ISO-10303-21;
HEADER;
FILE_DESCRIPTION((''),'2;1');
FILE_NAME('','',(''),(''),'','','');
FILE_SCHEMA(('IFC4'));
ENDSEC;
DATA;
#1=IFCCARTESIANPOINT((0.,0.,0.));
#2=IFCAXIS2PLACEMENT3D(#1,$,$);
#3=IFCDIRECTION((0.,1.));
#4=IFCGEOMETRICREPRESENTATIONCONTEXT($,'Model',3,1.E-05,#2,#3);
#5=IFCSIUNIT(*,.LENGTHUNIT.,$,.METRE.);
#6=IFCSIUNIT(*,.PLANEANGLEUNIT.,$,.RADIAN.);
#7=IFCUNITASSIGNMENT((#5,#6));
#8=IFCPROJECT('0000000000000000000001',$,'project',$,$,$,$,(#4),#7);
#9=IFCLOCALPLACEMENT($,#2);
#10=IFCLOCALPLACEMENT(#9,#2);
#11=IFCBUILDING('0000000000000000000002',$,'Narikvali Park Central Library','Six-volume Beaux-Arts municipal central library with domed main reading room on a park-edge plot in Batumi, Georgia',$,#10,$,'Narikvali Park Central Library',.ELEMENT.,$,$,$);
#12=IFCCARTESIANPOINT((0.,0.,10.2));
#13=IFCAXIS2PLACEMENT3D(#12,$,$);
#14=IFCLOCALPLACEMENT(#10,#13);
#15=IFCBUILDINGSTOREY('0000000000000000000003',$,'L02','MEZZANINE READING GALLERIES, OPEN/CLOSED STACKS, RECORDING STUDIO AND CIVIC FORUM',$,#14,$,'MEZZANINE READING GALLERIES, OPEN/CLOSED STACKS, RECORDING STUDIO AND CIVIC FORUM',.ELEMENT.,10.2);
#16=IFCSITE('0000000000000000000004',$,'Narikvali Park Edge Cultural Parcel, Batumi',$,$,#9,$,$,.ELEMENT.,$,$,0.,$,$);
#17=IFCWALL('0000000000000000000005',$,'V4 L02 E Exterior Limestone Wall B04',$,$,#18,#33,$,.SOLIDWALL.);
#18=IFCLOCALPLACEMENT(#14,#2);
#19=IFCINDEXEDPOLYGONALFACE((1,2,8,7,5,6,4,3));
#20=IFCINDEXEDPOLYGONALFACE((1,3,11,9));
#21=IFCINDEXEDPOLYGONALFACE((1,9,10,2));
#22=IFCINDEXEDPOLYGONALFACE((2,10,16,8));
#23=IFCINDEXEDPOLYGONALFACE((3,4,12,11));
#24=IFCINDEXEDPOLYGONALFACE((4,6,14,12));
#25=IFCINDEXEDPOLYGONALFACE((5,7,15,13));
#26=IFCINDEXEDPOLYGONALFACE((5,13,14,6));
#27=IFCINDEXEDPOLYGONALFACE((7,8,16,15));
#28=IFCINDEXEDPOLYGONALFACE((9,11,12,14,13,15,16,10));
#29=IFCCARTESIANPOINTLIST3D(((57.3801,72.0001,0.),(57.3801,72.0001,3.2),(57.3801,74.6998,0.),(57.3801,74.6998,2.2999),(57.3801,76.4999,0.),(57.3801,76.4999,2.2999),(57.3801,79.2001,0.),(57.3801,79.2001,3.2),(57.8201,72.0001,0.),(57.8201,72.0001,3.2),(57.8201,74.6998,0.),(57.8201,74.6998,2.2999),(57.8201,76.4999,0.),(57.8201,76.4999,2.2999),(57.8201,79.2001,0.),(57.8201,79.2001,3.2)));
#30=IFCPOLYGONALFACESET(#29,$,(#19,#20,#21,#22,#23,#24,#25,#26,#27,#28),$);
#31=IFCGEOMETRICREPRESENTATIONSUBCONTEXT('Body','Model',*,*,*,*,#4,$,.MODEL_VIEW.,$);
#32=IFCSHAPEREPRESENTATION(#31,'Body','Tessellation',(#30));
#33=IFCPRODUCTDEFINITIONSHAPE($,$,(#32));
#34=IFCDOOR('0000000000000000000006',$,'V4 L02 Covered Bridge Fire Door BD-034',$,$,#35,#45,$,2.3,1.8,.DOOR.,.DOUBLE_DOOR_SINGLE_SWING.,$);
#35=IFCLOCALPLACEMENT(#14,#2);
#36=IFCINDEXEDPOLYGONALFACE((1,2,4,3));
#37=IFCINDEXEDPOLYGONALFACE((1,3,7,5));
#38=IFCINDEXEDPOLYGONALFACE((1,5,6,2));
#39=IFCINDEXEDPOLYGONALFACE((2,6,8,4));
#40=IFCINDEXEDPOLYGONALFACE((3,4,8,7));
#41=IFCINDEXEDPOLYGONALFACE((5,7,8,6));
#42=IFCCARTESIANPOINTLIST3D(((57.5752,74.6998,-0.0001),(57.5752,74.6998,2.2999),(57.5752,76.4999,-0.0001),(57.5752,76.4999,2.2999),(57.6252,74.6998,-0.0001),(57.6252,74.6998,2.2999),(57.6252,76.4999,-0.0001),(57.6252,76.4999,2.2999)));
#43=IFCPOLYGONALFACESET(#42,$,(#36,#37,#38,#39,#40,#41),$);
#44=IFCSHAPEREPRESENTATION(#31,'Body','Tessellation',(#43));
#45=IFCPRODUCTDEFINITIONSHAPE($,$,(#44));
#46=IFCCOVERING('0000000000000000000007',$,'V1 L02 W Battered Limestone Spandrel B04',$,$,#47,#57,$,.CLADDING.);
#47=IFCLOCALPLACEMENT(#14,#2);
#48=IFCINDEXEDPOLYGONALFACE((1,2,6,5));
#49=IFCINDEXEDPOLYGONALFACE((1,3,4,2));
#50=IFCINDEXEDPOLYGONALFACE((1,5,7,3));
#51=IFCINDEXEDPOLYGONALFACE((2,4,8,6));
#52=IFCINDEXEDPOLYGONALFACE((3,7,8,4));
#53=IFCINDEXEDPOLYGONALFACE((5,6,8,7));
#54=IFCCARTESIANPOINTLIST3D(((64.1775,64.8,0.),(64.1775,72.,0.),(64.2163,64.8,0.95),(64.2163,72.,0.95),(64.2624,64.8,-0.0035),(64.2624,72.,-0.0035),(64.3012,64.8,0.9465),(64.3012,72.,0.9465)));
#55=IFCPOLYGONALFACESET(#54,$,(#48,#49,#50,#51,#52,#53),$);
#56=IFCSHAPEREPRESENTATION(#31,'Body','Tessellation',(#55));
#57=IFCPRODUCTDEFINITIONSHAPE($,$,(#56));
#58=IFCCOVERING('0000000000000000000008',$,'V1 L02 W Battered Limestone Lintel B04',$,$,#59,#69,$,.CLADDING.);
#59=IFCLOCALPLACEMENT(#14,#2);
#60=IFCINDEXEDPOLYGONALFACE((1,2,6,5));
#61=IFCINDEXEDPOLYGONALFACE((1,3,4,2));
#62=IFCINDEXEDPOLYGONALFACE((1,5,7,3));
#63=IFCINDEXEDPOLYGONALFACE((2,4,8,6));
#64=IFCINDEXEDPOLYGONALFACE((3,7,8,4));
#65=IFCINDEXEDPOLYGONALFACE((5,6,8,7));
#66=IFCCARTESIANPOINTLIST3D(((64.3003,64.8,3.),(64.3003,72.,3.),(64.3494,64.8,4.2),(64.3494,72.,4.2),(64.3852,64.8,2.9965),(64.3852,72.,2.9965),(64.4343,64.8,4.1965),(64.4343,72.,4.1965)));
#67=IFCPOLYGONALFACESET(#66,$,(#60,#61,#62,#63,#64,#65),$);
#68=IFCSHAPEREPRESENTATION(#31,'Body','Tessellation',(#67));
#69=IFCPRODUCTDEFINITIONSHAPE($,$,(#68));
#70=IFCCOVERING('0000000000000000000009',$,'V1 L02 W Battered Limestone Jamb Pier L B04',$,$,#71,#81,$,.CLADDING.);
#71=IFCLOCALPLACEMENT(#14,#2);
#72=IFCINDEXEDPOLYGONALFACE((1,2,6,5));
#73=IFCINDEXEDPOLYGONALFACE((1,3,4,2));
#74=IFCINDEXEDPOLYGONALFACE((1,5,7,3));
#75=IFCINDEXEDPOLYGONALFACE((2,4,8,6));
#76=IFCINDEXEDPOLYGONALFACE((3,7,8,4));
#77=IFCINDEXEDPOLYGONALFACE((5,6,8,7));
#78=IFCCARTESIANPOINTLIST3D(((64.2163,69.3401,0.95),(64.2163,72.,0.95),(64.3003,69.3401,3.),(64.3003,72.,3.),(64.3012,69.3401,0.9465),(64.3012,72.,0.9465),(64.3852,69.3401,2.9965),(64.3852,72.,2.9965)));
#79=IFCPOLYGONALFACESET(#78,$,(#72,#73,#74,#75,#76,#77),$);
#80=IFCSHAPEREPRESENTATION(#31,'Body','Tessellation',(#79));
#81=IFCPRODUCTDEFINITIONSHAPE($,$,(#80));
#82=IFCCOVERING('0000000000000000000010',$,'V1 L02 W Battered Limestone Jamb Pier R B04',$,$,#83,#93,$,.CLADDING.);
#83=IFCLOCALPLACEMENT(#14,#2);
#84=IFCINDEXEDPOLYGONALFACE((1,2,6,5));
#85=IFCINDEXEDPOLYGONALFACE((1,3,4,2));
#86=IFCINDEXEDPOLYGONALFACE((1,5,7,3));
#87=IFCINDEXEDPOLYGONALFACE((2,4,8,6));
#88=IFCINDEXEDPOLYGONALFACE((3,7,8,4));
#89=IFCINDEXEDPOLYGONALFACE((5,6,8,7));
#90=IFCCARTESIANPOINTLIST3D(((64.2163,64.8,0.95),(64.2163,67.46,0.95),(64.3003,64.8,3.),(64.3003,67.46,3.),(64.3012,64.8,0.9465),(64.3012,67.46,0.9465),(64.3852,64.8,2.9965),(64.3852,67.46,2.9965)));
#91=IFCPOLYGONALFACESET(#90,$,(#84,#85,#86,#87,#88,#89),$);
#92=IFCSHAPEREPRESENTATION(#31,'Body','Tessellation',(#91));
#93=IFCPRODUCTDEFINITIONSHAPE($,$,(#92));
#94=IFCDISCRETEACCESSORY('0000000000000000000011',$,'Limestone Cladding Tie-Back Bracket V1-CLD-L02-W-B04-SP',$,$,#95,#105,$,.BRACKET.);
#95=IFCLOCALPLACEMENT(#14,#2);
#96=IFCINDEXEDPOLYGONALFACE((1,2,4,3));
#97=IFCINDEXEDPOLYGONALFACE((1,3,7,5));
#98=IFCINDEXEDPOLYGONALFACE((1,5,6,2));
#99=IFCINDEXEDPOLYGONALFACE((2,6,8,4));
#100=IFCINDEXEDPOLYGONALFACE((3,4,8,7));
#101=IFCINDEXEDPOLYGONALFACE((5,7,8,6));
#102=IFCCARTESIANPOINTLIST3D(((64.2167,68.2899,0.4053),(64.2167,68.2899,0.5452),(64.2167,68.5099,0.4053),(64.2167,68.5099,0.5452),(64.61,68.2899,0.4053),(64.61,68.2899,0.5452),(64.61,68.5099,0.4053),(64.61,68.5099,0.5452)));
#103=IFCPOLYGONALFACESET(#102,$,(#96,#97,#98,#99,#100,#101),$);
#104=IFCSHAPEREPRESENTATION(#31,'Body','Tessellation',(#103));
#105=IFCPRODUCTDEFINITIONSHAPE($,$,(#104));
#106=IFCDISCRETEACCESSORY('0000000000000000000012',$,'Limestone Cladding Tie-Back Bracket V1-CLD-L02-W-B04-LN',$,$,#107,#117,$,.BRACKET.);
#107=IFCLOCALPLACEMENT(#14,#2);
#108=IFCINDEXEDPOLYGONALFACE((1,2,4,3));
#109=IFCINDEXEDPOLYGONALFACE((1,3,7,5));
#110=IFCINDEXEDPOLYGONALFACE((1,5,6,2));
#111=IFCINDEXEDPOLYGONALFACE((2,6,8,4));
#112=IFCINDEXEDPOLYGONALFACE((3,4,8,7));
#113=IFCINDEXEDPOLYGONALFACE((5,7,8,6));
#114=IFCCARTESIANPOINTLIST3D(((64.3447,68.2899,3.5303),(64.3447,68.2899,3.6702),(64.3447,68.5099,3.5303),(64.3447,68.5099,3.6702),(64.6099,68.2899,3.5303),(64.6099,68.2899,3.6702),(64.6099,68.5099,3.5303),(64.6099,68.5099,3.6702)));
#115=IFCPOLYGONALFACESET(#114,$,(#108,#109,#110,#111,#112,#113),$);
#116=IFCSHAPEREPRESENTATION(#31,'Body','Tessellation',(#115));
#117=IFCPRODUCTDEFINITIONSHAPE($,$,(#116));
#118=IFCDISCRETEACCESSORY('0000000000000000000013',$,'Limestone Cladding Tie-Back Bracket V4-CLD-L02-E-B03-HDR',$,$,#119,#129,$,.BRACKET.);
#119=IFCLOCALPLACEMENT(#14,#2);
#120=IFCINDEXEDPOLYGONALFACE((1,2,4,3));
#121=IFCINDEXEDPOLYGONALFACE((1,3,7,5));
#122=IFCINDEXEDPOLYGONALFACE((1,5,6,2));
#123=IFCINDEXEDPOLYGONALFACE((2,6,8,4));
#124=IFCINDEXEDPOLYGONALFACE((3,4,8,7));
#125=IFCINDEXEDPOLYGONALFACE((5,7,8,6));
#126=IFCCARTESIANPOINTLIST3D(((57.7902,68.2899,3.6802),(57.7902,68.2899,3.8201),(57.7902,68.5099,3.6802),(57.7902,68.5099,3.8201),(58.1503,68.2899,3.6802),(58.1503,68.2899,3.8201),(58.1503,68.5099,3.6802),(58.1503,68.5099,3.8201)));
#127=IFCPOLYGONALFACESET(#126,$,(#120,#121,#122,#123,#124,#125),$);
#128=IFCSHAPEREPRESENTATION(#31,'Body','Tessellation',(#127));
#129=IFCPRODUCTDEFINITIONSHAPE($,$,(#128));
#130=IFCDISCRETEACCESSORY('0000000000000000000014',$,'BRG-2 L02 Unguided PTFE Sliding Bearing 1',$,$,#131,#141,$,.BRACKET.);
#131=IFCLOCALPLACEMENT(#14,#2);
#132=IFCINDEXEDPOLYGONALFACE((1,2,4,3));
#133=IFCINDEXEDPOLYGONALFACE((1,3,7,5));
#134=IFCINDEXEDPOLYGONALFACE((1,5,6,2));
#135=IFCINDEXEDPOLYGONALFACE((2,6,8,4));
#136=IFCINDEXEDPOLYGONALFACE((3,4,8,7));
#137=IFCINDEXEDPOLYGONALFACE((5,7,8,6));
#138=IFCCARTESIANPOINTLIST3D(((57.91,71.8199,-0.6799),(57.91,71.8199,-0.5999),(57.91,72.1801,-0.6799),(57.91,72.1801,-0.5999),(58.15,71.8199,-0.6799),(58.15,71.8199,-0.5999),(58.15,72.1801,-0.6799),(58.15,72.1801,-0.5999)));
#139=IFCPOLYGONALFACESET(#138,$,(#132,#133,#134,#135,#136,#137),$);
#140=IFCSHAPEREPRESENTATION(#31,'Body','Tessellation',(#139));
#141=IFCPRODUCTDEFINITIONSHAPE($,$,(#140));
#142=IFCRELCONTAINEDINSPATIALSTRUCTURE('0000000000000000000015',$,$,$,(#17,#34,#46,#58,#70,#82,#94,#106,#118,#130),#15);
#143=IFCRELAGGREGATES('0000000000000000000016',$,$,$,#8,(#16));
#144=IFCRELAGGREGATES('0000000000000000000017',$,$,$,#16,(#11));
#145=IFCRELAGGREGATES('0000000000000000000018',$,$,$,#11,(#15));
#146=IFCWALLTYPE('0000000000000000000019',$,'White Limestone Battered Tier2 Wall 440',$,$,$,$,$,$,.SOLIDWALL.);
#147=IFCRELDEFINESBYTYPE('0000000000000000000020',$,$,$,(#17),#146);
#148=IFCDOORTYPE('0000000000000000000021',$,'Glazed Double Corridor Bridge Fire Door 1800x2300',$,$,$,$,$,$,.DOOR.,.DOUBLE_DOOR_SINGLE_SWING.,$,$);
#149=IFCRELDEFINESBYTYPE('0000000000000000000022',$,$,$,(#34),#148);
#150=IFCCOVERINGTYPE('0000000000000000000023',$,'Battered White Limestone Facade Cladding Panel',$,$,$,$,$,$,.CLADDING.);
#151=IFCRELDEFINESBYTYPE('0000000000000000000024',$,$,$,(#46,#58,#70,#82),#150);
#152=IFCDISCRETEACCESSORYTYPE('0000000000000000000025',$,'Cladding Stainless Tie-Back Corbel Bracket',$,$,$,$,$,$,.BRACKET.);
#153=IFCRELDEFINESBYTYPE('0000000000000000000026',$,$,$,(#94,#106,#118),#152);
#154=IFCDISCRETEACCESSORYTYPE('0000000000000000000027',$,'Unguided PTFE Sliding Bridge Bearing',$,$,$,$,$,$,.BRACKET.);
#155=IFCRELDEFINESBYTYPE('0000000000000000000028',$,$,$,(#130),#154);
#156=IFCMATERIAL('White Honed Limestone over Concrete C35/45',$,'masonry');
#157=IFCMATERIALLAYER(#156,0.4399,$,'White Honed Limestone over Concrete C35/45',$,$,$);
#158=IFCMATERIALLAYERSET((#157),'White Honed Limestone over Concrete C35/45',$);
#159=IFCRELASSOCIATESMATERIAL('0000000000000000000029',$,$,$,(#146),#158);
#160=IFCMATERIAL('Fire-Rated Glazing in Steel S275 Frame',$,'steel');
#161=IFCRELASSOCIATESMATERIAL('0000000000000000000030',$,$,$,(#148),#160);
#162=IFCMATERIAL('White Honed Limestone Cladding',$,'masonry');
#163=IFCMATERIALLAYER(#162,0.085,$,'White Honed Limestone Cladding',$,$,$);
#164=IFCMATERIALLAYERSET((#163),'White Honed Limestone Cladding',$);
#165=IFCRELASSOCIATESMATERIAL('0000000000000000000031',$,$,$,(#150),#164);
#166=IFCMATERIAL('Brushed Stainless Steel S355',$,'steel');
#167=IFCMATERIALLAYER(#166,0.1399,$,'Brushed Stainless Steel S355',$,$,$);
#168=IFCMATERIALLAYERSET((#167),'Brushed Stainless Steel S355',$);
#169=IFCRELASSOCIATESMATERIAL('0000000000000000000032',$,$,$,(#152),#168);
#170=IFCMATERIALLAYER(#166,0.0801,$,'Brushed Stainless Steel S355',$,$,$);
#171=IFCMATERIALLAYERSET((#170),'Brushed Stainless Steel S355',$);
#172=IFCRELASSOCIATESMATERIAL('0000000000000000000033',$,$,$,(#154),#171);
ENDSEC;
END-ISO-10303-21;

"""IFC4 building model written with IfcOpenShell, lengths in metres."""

from ifc_helpers import new_model, si_unit, direction, frame, frame_2d, origin, origin_2d, place, context, subcontext, project, spatial, polyline, rectangle, outline, extrude, material, layer, layer_set, type_object, element, fill, save


model = new_model("IFC4")

# Units and contexts
model_context = context("Model", 3, precision=1e-05, world=origin(), true_north=direction((0.0, 1.0)))
body_context = subcontext(model_context, "Body", "Model", "MODEL_VIEW")
ifc_project = project(units=[si_unit("LENGTHUNIT", "METRE"), si_unit("PLANEANGLEUNIT", "RADIAN")], contexts=[model_context])

# Site, building, storey
site_placement = place(None, origin())
site = spatial("IfcSite", under=ifc_project, at=site_placement, Name="Narikvali Park Edge Cultural Parcel, Batumi", CompositionType="ELEMENT", RefElevation=0.0)
building_placement = place(site_placement, origin())
building = spatial("IfcBuilding", under=site, at=building_placement, Name="Narikvali Park Central Library", Description="Six-volume Beaux-Arts municipal central library with domed main reading room on a park-edge plot in Batumi, Georgia", LongName="Narikvali Park Central Library", CompositionType="ELEMENT")
storey_placement = place(building_placement, frame((0.0, 0.0, 10.2)))
storey = spatial("IfcBuildingStorey", under=building, at=storey_placement, Name="L02", Description="MEZZANINE READING GALLERIES, OPEN/CLOSED STACKS, RECORDING STUDIO AND CIVIC FORUM", LongName="MEZZANINE READING GALLERIES, OPEN/CLOSED STACKS, RECORDING STUDIO AND CIVIC FORUM", CompositionType="ELEMENT", Elevation=10.2)

# Shared definitions
ifc_material_1 = material(Name="White Honed Limestone over Concrete C35/45", Category="masonry")
ifc_layer_1 = layer(ifc_material_1, 0.4399, Name="White Honed Limestone over Concrete C35/45")
ifc_layer_set_1 = layer_set([ifc_layer_1], Name="White Honed Limestone over Concrete C35/45")
wall_type = type_object("IfcWallType", Name="White Limestone Battered Tier2 Wall 440", PredefinedType="SOLIDWALL", material=ifc_layer_set_1)

# Wall, opening, door
wall_1_placement = place(storey_placement, frame((57.6001, 72.0, 0.0), z_axis=(0.0, 0.0, 1.0), x_axis=(0.0, 1.0, 0.0)))
wall_1 = element("IfcWall", 1, at=wall_1_placement, inside=storey, type_object=wall_type, Name="V4 L02 E Exterior Limestone Wall B04", PredefinedType="SOLIDWALL", context=body_context, shape_type="SweptSolid", body=[
    extrude(rectangle(XDim=7.2, YDim=0.4399, at=frame_2d((3.6001, 0.0))), origin(), (0.0, 0.0, 1.0), 3.2),
])
opening_1_placement = place(wall_1_placement, frame((2.7, 0.0, 0.0)))
opening_1 = element("IfcOpeningElement", 2, at=opening_1_placement, cuts=wall_1, PredefinedType="OPENING", context=body_context, shape_type="SweptSolid", body=[
    extrude(rectangle(XDim=1.8, YDim=2.3, at=frame_2d((0.8999, 1.1499))), frame((0.0, 0.2319, 0.0), z_axis=(0.0, -1.0, 0.0), x_axis=(1.0, 0.0, 0.0)), (0.0, 0.0, 1.0), 0.4639),
])
ifc_material_2 = material(Name="Fire-Rated Glazing in Steel S275 Frame", Category="steel")
door_type = type_object("IfcDoorType", Name="Glazed Double Corridor Bridge Fire Door 1800x2300", OperationType="DOUBLE_DOOR_SINGLE_SWING", PredefinedType="DOOR", material=ifc_material_2)
door_placement = place(opening_1_placement, origin())
door = element("IfcDoor", 3, at=door_placement, inside=storey, type_object=door_type, Name="V4 L02 Covered Bridge Fire Door BD-034", OperationType="DOUBLE_DOOR_SINGLE_SWING", OverallHeight=2.3, OverallWidth=1.8, PredefinedType="DOOR", context=body_context, shape_type="SweptSolid", body=[
    extrude(rectangle(XDim=1.8, YDim=2.3, at=frame_2d((0.8999, 1.1499))), frame((0.0, 0.0249, 0.0), z_axis=(0.0, -1.0, 0.0), x_axis=(1.0, 0.0, 0.0)), (0.0, 0.0, 1.0), 0.05),
])
fill(opening_1, door)

# Coverings
ifc_material_3 = material(Name="White Honed Limestone Cladding", Category="masonry")
ifc_layer_2 = layer(ifc_material_3, 0.085, Name="White Honed Limestone Cladding")
ifc_layer_set_2 = layer_set([ifc_layer_2], Name="White Honed Limestone Cladding")
covering_type = type_object("IfcCoveringType", Name="Battered White Limestone Facade Cladding Panel", PredefinedType="CLADDING", material=ifc_layer_set_2)
covering_1_placement = place(storey_placement, frame((64.1775, 72.0, 0.0), z_axis=(-0.999166, 0.0, 0.040829), x_axis=(0.0, -1.0, 0.0)))
element("IfcCovering", 4, at=covering_1_placement, inside=storey, type_object=covering_type, Name="V1 L02 W Battered Limestone Spandrel B04", PredefinedType="CLADDING", context=body_context, shape_type="SweptSolid", body=[
    extrude(outline(polyline([(0.0, 0.0), (7.2, 0.0), (7.2, 0.9507), (0.0, 0.9507), (0.0, 0.0)])), origin(), (0.0, 0.0, -1.0), 0.085),
])
covering_2_placement = place(storey_placement, frame((64.3003, 72.0, 3.0), z_axis=(-0.999165, 0.0, 0.040861), x_axis=(0.0, -1.0, 0.0)))
element("IfcCovering", 5, at=covering_2_placement, inside=storey, type_object=covering_type, Name="V1 L02 W Battered Limestone Lintel B04", PredefinedType="CLADDING", context=body_context, shape_type="SweptSolid", body=[
    extrude(outline(polyline([(0.0, 0.0), (7.2, 0.0), (7.2, 1.201), (0.0, 1.201), (0.0, 0.0)])), origin(), (0.0, 0.0, -1.0), 0.085),
])
for number, where, z_axis, x_axis, name in (
    (6, (64.2163, 72.0, 0.95), (-0.999162, 0.0, 0.040933), (0.0, -1.0, 0.0), "V1 L02 W Battered Limestone Jamb Pier L B04"),
    (7, (64.2163, 67.46, 0.95), (-0.999162, 0.0, 0.040933), (0.0, -1.0, 0.0), "V1 L02 W Battered Limestone Jamb Pier R B04"),
):
    element("IfcCovering", number, at=place(storey_placement, frame(where, z_axis=z_axis, x_axis=x_axis)), inside=storey, type_object=covering_type, Name=name, PredefinedType="CLADDING", context=body_context, shape_type="SweptSolid", body=[
        extrude(outline(polyline([(0.0, 0.0), (2.6599, 0.0), (2.6599, 2.0518), (0.0, 2.0518), (0.0, 0.0)])), origin(), (0.0, 0.0, -1.0), 0.085),
    ])

# Discrete accessories
ifc_material_4 = material(Name="Brushed Stainless Steel S355", Category="steel")
ifc_layer_3 = layer(ifc_material_4, 0.1399, Name="Brushed Stainless Steel S355")
ifc_layer_set_3 = layer_set([ifc_layer_3], Name="Brushed Stainless Steel S355")
discrete_accessory_type_1 = type_object("IfcDiscreteAccessoryType", Name="Cladding Stainless Tie-Back Corbel Bracket", PredefinedType="BRACKET", material=ifc_layer_set_3)
discrete_accessory_1_placement = place(storey_placement, frame((64.4133, 68.3999, 0.4053), z_axis=(0.0, 0.0, 1.0), x_axis=(1.0, 0.0, 0.0)))
element("IfcDiscreteAccessory", 8, at=discrete_accessory_1_placement, inside=storey, type_object=discrete_accessory_type_1, Name="Limestone Cladding Tie-Back Bracket V1-CLD-L02-W-B04-SP", PredefinedType="BRACKET", context=body_context, shape_type="SweptSolid", body=[
    extrude(rectangle(XDim=0.3933, YDim=0.22, at=origin_2d()), origin(), (0.0, 0.0, 1.0), 0.1399),
])
discrete_accessory_2_placement = place(storey_placement, frame((64.4773, 68.3999, 3.5303), z_axis=(0.0, 0.0, 1.0), x_axis=(1.0, 0.0, 0.0)))
element("IfcDiscreteAccessory", 9, at=discrete_accessory_2_placement, inside=storey, type_object=discrete_accessory_type_1, Name="Limestone Cladding Tie-Back Bracket V1-CLD-L02-W-B04-LN", PredefinedType="BRACKET", context=body_context, shape_type="SweptSolid", body=[
    extrude(rectangle(XDim=0.2651, YDim=0.22, at=origin_2d()), origin(), (0.0, 0.0, 1.0), 0.1399),
])
discrete_accessory_3_placement = place(storey_placement, frame((57.9702, 68.3999, 3.6802), z_axis=(0.0, 0.0, 1.0), x_axis=(1.0, 0.0, 0.0)))
element("IfcDiscreteAccessory", 10, at=discrete_accessory_3_placement, inside=storey, type_object=discrete_accessory_type_1, Name="Limestone Cladding Tie-Back Bracket V4-CLD-L02-E-B03-HDR", PredefinedType="BRACKET", context=body_context, shape_type="SweptSolid", body=[
    extrude(rectangle(XDim=0.3601, YDim=0.22, at=origin_2d()), origin(), (0.0, 0.0, 1.0), 0.1399),
])
ifc_layer_4 = layer(ifc_material_4, 0.0801, Name="Brushed Stainless Steel S355")
ifc_layer_set_4 = layer_set([ifc_layer_4], Name="Brushed Stainless Steel S355")
discrete_accessory_type_2 = type_object("IfcDiscreteAccessoryType", Name="Unguided PTFE Sliding Bridge Bearing", PredefinedType="BRACKET", material=ifc_layer_set_4)
discrete_accessory_4_placement = place(storey_placement, frame((58.03, 72.0, -0.6799), z_axis=(0.0, 0.0, 1.0), x_axis=(1.0, 0.0, 0.0)))
element("IfcDiscreteAccessory", 11, at=discrete_accessory_4_placement, inside=storey, type_object=discrete_accessory_type_2, Name="BRG-2 L02 Unguided PTFE Sliding Bearing 1", PredefinedType="BRACKET", context=body_context, shape_type="SweptSolid", body=[
    extrude(rectangle(XDim=0.24, YDim=0.3601, at=origin_2d()), origin(), (0.0, 0.0, 1.0), 0.0801),
])

save(model, "model.ifc")
